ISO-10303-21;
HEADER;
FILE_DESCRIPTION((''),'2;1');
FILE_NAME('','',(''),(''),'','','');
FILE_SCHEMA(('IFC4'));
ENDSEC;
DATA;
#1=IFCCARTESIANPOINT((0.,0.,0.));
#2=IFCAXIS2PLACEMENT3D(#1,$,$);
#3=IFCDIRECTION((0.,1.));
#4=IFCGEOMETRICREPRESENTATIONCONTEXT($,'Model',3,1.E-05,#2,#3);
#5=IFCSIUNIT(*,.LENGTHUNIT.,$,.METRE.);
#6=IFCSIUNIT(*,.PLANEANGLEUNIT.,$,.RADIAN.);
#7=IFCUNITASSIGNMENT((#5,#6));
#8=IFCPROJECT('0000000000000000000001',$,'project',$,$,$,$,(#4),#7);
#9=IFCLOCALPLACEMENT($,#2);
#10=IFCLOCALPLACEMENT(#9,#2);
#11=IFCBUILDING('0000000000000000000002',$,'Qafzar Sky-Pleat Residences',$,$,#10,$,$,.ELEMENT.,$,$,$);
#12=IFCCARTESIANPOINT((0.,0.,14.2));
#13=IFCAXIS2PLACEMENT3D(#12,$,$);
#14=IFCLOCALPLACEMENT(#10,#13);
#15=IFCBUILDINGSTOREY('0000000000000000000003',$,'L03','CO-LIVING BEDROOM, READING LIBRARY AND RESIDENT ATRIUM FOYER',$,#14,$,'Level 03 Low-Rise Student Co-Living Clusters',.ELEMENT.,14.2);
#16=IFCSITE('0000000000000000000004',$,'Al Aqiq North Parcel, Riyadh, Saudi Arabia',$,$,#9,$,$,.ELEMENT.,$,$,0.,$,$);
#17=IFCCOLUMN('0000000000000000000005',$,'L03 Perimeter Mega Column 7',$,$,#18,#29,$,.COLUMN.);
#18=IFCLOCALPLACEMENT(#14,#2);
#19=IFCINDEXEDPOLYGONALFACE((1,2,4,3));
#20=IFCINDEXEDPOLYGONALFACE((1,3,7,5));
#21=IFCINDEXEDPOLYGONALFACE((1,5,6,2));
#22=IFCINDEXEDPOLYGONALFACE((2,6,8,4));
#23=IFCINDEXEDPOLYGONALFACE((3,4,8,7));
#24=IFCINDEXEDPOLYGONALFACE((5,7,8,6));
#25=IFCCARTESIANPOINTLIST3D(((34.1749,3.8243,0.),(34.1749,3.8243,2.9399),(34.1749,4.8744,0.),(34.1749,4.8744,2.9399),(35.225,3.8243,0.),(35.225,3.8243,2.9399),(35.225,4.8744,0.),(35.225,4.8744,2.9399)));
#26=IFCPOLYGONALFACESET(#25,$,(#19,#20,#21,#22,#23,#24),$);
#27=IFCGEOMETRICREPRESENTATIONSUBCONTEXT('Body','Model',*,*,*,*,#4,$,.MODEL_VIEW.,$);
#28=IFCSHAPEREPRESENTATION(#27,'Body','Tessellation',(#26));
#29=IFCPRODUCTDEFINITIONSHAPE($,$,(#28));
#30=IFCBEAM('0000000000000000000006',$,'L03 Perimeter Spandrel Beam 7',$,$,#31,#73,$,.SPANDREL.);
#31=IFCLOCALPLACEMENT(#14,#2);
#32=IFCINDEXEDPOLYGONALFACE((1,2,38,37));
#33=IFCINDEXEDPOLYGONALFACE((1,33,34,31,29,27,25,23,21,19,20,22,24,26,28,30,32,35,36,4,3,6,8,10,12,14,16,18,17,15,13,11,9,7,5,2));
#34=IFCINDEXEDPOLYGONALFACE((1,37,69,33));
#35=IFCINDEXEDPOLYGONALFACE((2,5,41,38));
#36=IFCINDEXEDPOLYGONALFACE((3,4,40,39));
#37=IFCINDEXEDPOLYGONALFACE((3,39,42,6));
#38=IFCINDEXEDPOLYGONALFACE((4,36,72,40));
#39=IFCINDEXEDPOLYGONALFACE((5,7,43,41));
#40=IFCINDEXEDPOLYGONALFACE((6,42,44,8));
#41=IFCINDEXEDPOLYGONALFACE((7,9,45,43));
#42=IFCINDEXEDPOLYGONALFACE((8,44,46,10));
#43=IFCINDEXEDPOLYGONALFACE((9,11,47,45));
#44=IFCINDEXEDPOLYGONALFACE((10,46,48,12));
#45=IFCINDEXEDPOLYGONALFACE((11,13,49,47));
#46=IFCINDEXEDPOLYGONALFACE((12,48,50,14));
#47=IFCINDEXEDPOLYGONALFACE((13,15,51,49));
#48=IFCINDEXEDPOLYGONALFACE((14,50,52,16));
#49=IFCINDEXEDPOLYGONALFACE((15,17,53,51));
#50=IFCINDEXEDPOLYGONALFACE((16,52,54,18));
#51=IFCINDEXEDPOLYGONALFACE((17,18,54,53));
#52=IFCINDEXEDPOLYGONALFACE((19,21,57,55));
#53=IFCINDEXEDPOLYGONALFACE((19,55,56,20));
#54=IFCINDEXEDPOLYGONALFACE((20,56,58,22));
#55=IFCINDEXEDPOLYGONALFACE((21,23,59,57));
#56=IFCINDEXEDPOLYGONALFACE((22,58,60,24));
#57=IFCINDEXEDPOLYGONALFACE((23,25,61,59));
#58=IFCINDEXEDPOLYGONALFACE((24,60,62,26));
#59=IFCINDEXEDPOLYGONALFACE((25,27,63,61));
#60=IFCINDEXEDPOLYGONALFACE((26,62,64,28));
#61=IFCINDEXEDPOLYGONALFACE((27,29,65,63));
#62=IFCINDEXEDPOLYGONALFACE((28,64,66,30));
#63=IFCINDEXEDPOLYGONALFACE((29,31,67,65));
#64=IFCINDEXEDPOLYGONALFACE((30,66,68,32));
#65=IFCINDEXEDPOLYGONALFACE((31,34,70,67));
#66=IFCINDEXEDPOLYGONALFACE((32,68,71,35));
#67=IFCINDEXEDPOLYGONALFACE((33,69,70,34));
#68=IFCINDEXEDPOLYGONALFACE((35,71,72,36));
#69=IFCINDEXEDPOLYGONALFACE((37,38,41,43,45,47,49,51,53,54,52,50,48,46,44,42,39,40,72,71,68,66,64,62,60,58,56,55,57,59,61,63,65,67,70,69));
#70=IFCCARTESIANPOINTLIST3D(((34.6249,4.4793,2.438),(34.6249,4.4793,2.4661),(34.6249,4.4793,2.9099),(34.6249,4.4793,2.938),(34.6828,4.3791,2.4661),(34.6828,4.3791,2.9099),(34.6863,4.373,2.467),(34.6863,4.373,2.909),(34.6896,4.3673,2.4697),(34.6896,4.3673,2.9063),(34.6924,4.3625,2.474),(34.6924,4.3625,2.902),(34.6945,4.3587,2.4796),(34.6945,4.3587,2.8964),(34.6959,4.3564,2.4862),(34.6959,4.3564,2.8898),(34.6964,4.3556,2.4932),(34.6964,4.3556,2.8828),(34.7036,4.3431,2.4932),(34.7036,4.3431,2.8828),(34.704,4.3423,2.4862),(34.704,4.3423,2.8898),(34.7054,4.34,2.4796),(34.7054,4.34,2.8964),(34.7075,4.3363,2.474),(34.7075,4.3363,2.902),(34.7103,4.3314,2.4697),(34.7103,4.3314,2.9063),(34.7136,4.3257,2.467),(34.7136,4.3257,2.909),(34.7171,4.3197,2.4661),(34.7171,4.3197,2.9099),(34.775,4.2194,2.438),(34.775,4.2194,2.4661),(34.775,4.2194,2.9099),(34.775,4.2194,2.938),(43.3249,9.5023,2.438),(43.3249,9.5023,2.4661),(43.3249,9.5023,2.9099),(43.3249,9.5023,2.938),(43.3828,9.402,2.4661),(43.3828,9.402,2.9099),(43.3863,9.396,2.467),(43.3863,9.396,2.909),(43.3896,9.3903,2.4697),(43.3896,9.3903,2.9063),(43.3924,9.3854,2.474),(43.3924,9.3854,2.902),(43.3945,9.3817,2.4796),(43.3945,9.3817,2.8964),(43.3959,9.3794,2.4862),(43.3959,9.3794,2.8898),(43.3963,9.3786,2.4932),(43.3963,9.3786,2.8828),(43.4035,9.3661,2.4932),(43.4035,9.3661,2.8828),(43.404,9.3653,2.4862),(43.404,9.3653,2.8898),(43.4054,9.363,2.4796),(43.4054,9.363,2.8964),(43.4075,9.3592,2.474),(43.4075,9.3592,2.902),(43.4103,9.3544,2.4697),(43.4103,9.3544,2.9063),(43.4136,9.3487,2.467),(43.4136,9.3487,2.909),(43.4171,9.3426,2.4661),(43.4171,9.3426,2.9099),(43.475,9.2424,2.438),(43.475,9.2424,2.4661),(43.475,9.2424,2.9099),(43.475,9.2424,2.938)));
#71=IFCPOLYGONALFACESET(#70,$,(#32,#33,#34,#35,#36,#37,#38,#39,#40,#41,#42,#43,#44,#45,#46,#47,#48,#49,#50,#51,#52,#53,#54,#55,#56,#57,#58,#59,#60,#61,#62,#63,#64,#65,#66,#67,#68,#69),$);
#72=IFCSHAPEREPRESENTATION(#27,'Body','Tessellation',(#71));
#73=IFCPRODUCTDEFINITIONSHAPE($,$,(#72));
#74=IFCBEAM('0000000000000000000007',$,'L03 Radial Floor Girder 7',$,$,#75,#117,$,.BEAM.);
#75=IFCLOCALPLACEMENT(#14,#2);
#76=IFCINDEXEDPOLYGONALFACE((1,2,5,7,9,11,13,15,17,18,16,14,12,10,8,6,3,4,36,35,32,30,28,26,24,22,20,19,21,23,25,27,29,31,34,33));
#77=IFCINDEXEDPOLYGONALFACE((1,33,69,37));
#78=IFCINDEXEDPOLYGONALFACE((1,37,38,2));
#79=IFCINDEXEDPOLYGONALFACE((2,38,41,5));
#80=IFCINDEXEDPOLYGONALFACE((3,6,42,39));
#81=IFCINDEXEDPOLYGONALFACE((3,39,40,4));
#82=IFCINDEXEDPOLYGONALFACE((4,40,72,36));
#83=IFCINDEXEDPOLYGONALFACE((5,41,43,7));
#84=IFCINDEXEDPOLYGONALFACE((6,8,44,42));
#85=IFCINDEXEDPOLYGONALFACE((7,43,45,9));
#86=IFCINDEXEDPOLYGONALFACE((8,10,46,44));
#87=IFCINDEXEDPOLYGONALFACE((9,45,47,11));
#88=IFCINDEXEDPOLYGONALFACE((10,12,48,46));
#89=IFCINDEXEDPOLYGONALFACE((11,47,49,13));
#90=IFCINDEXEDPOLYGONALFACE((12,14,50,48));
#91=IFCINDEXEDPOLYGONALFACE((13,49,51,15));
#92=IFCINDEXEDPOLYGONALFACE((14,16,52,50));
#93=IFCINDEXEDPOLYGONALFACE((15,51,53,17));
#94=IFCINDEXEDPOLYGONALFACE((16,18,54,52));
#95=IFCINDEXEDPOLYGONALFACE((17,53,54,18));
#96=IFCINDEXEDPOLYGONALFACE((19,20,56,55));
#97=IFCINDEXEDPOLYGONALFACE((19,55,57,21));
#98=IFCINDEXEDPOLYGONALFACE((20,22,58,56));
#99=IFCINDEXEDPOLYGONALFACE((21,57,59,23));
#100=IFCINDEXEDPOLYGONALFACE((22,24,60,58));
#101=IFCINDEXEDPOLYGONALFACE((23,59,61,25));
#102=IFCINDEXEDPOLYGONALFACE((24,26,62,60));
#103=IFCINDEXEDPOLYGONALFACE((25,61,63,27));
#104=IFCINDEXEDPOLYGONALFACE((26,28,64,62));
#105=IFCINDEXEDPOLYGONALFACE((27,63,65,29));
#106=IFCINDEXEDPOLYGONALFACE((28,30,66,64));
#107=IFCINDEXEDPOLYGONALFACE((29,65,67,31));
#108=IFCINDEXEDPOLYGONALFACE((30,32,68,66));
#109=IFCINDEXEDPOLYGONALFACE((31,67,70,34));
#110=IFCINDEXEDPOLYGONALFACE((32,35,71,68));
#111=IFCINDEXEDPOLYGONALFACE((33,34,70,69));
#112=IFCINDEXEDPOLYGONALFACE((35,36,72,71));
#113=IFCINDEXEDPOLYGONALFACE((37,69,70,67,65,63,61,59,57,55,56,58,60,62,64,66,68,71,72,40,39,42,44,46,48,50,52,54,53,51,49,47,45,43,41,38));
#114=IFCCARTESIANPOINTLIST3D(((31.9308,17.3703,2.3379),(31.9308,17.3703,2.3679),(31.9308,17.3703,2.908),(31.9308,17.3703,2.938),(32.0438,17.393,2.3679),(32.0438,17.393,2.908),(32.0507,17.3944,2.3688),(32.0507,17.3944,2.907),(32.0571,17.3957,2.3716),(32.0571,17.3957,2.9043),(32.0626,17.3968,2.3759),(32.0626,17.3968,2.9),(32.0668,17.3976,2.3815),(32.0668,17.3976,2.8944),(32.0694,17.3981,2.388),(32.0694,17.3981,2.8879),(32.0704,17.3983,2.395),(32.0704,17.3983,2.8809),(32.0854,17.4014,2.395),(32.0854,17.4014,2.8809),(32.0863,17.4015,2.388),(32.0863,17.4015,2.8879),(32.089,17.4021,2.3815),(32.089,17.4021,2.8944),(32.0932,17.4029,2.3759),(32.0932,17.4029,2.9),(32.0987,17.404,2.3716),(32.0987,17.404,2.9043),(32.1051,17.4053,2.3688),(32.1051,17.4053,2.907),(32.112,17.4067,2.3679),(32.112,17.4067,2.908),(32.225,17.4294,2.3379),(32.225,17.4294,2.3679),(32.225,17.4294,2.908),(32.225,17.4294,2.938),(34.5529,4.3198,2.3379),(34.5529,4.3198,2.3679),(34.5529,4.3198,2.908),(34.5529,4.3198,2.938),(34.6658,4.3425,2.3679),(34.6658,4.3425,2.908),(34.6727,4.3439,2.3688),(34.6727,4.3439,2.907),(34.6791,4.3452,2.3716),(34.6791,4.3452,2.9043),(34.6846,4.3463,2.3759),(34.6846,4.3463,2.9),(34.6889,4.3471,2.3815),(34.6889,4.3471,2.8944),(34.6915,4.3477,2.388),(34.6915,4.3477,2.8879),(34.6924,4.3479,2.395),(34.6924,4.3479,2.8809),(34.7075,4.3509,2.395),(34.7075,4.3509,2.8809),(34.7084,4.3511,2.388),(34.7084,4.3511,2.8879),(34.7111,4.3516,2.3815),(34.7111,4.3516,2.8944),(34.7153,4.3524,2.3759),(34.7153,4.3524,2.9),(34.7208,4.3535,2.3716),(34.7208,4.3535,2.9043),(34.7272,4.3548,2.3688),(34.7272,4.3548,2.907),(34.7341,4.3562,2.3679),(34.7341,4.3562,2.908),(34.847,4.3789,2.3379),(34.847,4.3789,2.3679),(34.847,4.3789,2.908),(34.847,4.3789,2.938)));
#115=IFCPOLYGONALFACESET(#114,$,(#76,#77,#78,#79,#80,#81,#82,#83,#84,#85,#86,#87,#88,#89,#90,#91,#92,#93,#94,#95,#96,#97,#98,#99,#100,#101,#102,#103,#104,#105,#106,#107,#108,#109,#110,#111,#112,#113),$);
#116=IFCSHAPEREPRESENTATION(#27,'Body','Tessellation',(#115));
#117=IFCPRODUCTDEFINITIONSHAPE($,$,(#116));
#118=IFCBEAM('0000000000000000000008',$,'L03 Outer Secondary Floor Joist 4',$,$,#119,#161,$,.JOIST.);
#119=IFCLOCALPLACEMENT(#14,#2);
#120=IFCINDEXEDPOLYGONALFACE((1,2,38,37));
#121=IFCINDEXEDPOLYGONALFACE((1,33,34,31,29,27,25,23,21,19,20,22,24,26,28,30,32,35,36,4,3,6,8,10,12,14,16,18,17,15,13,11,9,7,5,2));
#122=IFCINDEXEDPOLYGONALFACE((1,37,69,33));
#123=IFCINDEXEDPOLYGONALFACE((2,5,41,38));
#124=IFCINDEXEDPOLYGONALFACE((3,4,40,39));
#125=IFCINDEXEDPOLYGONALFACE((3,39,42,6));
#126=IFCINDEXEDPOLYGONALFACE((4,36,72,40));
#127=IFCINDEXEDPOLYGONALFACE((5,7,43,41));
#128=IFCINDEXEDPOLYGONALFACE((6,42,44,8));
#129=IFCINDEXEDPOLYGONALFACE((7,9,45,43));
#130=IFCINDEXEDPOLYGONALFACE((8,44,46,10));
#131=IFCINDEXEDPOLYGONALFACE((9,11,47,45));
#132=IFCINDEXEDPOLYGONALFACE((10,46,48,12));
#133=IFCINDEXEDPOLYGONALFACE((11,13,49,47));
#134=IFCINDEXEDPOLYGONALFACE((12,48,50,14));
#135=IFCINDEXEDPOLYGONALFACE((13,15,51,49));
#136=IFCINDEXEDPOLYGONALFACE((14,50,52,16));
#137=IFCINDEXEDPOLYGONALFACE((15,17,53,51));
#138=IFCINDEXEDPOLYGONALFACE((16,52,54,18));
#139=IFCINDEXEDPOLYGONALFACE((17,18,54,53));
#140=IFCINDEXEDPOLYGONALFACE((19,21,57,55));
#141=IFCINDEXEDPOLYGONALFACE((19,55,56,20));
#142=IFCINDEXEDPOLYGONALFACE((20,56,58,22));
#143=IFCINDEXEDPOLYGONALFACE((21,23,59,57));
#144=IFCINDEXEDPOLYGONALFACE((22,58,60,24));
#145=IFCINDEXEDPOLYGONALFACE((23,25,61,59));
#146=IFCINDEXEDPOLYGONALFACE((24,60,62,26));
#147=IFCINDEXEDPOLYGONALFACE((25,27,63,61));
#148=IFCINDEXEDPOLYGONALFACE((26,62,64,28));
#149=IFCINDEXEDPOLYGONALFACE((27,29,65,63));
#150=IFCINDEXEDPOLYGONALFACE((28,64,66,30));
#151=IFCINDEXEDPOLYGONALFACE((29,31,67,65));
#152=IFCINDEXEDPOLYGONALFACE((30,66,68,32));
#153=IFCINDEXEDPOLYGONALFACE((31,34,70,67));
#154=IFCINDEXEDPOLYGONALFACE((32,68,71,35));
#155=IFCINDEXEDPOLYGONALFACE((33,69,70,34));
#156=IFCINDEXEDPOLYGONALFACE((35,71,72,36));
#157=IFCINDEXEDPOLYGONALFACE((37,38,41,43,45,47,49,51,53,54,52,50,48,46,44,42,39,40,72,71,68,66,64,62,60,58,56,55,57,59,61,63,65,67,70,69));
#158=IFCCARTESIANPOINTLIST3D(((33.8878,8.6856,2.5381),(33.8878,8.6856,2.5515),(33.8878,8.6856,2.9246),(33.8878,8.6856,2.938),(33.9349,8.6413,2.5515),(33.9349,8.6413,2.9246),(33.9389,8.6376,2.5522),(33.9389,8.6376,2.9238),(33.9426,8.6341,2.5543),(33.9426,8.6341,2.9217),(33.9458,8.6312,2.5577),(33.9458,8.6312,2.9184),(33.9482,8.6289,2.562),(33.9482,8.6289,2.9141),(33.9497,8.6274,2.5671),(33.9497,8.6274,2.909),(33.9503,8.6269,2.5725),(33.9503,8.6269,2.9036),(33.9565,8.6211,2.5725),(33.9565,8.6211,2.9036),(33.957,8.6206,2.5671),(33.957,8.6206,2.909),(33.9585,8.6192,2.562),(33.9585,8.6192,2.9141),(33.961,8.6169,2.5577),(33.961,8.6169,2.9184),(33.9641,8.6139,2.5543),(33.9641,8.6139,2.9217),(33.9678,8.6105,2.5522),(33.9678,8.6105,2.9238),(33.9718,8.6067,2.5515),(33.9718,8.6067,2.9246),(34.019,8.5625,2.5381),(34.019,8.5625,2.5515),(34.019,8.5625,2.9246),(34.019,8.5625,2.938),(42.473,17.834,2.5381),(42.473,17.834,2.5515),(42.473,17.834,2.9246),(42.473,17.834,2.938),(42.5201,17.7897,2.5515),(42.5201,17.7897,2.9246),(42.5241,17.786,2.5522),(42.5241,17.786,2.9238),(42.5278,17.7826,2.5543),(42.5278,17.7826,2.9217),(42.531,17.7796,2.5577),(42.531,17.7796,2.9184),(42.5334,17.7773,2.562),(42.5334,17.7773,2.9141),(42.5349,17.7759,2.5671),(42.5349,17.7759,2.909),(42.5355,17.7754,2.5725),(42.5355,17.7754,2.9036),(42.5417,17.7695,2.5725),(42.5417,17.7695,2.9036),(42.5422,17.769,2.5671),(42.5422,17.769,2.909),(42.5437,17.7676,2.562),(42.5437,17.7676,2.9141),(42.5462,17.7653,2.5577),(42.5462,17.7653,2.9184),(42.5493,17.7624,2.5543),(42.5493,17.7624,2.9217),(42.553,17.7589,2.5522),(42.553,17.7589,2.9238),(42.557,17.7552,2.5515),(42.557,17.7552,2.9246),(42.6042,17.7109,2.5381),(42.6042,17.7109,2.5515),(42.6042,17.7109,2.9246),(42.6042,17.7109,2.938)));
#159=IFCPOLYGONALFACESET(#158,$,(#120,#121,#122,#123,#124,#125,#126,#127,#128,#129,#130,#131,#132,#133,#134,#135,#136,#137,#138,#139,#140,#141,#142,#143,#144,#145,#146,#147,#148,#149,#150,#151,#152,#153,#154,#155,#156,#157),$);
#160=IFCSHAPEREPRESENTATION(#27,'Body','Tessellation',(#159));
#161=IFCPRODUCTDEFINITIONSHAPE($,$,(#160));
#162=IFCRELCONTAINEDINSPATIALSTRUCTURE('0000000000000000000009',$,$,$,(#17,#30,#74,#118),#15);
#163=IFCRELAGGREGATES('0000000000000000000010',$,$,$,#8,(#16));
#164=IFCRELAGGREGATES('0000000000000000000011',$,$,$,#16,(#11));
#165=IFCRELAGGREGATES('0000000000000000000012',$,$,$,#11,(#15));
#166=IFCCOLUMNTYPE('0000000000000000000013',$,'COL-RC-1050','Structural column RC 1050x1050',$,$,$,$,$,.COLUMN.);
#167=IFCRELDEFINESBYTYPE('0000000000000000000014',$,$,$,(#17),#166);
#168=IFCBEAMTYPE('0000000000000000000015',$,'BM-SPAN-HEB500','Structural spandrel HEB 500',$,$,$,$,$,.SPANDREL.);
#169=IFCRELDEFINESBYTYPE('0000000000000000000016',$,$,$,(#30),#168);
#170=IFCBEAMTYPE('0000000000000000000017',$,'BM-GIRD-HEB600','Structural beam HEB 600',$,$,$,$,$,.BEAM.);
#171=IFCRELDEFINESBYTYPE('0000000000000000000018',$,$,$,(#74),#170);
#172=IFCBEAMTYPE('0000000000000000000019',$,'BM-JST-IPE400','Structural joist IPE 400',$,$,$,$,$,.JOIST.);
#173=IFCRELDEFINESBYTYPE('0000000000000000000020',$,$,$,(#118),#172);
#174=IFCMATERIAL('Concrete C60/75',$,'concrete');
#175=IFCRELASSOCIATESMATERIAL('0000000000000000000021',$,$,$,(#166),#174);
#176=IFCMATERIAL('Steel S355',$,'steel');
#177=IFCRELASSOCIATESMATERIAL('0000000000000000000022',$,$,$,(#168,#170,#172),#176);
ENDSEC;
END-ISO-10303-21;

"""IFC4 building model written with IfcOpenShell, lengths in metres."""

from ifc_helpers import new_model, si_unit, direction, frame, origin, origin_2d, place, context, subcontext, project, spatial, rectangle, i_section, extrude, source, transform, mapped, material, material_profile, profile_set, type_object, element, save


model = new_model("IFC4")

# Units and contexts
model_context = context("Model", 3, precision=1e-05, world=origin(), true_north=direction((0.0, 1.0)))
body_context = subcontext(model_context, "Body", "Model", "MODEL_VIEW")
ifc_project = project(units=[si_unit("LENGTHUNIT", "METRE"), si_unit("PLANEANGLEUNIT", "RADIAN")], contexts=[model_context])

# Site, building, storey
site_placement = place(None, origin())
site = spatial("IfcSite", under=ifc_project, at=site_placement, Name="Al Aqiq North Parcel, Riyadh, Saudi Arabia", CompositionType="ELEMENT", RefElevation=0.0)
building_placement = place(site_placement, origin())
building = spatial("IfcBuilding", under=site, at=building_placement, Name="Qafzar Sky-Pleat Residences", CompositionType="ELEMENT")
storey_placement = place(building_placement, frame((0.0, 0.0, 14.2)))
storey = spatial("IfcBuildingStorey", under=building, at=storey_placement, Name="L03", Description="CO-LIVING BEDROOM, READING LIBRARY AND RESIDENT ATRIUM FOYER", LongName="Level 03 Low-Rise Student Co-Living Clusters", CompositionType="ELEMENT", Elevation=14.2)

# Column
ifc_material_1 = material(Name="Concrete C60/75", Category="concrete")
ifc_material_profile_1 = material_profile(ifc_material_1, rectangle(XDim=1.05, YDim=1.05, at=origin_2d()), Name="RC 1050x1050")
ifc_profile_set_1 = profile_set([ifc_material_profile_1], Name="Concrete C60/75")
column_type = type_object("IfcColumnType", Name="COL-RC-1050", Description="Structural column RC 1050x1050", PredefinedType="COLUMN", material=ifc_profile_set_1)
shared_shape_1 = source(origin(), body_context, "Body", "SweptSolid", [
    extrude(rectangle(XDim=1.05, YDim=1.05, at=origin_2d()), origin(), (0.0, 0.0, 1.0), 2.9399),
])
column_placement = place(storey_placement, frame((34.7, 4.3494, 0.0), z_axis=(0.0, 0.0, 1.0), x_axis=(1.0, 0.0, 0.0)))
element("IfcColumn", 1, at=column_placement, inside=storey, type_object=column_type, Name="L03 Perimeter Mega Column 7", PredefinedType="COLUMN", context=body_context, shape_type="MappedRepresentation", body=[
    mapped(shared_shape_1, transform((0.0, 0.0, 0.0), x_axis=(1.0, 0.0, 0.0), y_axis=(0.0, 1.0, 0.0), z_axis=(0.0, 0.0, 1.0), scale=1.0)),
])

# Beams
ifc_material_2 = material(Name="Steel S355", Category="steel")
ifc_material_profile_2 = material_profile(ifc_material_2, i_section(OverallWidth=0.3, OverallDepth=0.5, WebThickness=0.0144, FlangeThickness=0.0281, FilletRadius=0.0271, at=origin_2d()), Name="HEB 500")
ifc_profile_set_2 = profile_set([ifc_material_profile_2], Name="Steel S355")
beam_type_1 = type_object("IfcBeamType", Name="BM-SPAN-HEB500", Description="Structural spandrel HEB 500", PredefinedType="SPANDREL", material=ifc_profile_set_2)
shared_shape_2 = source(origin(), body_context, "Body", "SweptSolid", [
    extrude(i_section(OverallWidth=0.3, OverallDepth=0.5, WebThickness=0.0144, FlangeThickness=0.0281, FilletRadius=0.0271, at=origin_2d()), origin(), (0.0, 0.0, 1.0), 10.0459),
])
beam_1_placement = place(storey_placement, frame((34.7, 4.3494, 2.688), z_axis=(0.866024, 0.500002, 0.0), x_axis=(-0.500002, 0.866024, 0.0)))
element("IfcBeam", 2, at=beam_1_placement, inside=storey, type_object=beam_type_1, Name="L03 Perimeter Spandrel Beam 7", PredefinedType="SPANDREL", context=body_context, shape_type="MappedRepresentation", body=[
    mapped(shared_shape_2, transform((0.0, 0.0, 0.0), x_axis=(1.0, 0.0, 0.0), y_axis=(0.0, 1.0, 0.0), z_axis=(0.0, 0.0, 1.0), scale=1.0)),
])
ifc_material_profile_3 = material_profile(ifc_material_2, i_section(OverallWidth=0.3, OverallDepth=0.6001, WebThickness=0.0154, FlangeThickness=0.03, FilletRadius=0.0271, at=origin_2d()), Name="HEB 600")
ifc_profile_set_3 = profile_set([ifc_material_profile_3], Name="Steel S355")
beam_type_2 = type_object("IfcBeamType", Name="BM-GIRD-HEB600", Description="Structural beam HEB 600", PredefinedType="BEAM", material=ifc_profile_set_3)
shared_shape_3 = source(origin(), body_context, "Body", "SweptSolid", [
    extrude(i_section(OverallWidth=0.3, OverallDepth=0.6001, WebThickness=0.0154, FlangeThickness=0.03, FilletRadius=0.0271, at=origin_2d()), origin(), (0.0, 0.0, 1.0), 13.3113),
])
beam_2_placement = place(storey_placement, frame((34.7, 4.3494, 2.6379), z_axis=(-0.19698, 0.980407, 0.0), x_axis=(-0.980407, -0.19698, 0.0)))
element("IfcBeam", 3, at=beam_2_placement, inside=storey, type_object=beam_type_2, Name="L03 Radial Floor Girder 7", PredefinedType="BEAM", context=body_context, shape_type="MappedRepresentation", body=[
    mapped(shared_shape_3, transform((0.0, 0.0, 0.0), x_axis=(1.0, 0.0, 0.0), y_axis=(0.0, 1.0, 0.0), z_axis=(0.0, 0.0, 1.0), scale=1.0)),
])
ifc_material_profile_4 = material_profile(ifc_material_2, i_section(OverallWidth=0.1799, OverallDepth=0.3999, WebThickness=0.0085, FlangeThickness=0.0134, FilletRadius=0.021, at=origin_2d()), Name="IPE 400")
ifc_profile_set_4 = profile_set([ifc_material_profile_4], Name="Steel S355")
beam_type_3 = type_object("IfcBeamType", Name="BM-JST-IPE400", Description="Structural joist IPE 400", PredefinedType="JOIST", material=ifc_profile_set_4)
shared_shape_4 = source(origin(), body_context, "Body", "SweptSolid", [
    extrude(i_section(OverallWidth=0.1799, OverallDepth=0.3999, WebThickness=0.0085, FlangeThickness=0.0134, FilletRadius=0.021, at=origin_2d()), origin(), (0.0, 0.0, 1.0), 12.5459),
])
beam_3_placement = place(storey_placement, frame((33.9534, 8.624, 2.738), z_axis=(0.684304, 0.729197, 0.0), x_axis=(-0.729197, 0.684304, 0.0)))
element("IfcBeam", 4, at=beam_3_placement, inside=storey, type_object=beam_type_3, Name="L03 Outer Secondary Floor Joist 4", PredefinedType="JOIST", context=body_context, shape_type="MappedRepresentation", body=[
    mapped(shared_shape_4, transform((0.0, 0.0, 0.0), x_axis=(1.0, 0.0, 0.0), y_axis=(0.0, 1.0, 0.0), z_axis=(0.0, 0.0, 1.0), scale=1.0)),
])

save(model, "model.ifc")
